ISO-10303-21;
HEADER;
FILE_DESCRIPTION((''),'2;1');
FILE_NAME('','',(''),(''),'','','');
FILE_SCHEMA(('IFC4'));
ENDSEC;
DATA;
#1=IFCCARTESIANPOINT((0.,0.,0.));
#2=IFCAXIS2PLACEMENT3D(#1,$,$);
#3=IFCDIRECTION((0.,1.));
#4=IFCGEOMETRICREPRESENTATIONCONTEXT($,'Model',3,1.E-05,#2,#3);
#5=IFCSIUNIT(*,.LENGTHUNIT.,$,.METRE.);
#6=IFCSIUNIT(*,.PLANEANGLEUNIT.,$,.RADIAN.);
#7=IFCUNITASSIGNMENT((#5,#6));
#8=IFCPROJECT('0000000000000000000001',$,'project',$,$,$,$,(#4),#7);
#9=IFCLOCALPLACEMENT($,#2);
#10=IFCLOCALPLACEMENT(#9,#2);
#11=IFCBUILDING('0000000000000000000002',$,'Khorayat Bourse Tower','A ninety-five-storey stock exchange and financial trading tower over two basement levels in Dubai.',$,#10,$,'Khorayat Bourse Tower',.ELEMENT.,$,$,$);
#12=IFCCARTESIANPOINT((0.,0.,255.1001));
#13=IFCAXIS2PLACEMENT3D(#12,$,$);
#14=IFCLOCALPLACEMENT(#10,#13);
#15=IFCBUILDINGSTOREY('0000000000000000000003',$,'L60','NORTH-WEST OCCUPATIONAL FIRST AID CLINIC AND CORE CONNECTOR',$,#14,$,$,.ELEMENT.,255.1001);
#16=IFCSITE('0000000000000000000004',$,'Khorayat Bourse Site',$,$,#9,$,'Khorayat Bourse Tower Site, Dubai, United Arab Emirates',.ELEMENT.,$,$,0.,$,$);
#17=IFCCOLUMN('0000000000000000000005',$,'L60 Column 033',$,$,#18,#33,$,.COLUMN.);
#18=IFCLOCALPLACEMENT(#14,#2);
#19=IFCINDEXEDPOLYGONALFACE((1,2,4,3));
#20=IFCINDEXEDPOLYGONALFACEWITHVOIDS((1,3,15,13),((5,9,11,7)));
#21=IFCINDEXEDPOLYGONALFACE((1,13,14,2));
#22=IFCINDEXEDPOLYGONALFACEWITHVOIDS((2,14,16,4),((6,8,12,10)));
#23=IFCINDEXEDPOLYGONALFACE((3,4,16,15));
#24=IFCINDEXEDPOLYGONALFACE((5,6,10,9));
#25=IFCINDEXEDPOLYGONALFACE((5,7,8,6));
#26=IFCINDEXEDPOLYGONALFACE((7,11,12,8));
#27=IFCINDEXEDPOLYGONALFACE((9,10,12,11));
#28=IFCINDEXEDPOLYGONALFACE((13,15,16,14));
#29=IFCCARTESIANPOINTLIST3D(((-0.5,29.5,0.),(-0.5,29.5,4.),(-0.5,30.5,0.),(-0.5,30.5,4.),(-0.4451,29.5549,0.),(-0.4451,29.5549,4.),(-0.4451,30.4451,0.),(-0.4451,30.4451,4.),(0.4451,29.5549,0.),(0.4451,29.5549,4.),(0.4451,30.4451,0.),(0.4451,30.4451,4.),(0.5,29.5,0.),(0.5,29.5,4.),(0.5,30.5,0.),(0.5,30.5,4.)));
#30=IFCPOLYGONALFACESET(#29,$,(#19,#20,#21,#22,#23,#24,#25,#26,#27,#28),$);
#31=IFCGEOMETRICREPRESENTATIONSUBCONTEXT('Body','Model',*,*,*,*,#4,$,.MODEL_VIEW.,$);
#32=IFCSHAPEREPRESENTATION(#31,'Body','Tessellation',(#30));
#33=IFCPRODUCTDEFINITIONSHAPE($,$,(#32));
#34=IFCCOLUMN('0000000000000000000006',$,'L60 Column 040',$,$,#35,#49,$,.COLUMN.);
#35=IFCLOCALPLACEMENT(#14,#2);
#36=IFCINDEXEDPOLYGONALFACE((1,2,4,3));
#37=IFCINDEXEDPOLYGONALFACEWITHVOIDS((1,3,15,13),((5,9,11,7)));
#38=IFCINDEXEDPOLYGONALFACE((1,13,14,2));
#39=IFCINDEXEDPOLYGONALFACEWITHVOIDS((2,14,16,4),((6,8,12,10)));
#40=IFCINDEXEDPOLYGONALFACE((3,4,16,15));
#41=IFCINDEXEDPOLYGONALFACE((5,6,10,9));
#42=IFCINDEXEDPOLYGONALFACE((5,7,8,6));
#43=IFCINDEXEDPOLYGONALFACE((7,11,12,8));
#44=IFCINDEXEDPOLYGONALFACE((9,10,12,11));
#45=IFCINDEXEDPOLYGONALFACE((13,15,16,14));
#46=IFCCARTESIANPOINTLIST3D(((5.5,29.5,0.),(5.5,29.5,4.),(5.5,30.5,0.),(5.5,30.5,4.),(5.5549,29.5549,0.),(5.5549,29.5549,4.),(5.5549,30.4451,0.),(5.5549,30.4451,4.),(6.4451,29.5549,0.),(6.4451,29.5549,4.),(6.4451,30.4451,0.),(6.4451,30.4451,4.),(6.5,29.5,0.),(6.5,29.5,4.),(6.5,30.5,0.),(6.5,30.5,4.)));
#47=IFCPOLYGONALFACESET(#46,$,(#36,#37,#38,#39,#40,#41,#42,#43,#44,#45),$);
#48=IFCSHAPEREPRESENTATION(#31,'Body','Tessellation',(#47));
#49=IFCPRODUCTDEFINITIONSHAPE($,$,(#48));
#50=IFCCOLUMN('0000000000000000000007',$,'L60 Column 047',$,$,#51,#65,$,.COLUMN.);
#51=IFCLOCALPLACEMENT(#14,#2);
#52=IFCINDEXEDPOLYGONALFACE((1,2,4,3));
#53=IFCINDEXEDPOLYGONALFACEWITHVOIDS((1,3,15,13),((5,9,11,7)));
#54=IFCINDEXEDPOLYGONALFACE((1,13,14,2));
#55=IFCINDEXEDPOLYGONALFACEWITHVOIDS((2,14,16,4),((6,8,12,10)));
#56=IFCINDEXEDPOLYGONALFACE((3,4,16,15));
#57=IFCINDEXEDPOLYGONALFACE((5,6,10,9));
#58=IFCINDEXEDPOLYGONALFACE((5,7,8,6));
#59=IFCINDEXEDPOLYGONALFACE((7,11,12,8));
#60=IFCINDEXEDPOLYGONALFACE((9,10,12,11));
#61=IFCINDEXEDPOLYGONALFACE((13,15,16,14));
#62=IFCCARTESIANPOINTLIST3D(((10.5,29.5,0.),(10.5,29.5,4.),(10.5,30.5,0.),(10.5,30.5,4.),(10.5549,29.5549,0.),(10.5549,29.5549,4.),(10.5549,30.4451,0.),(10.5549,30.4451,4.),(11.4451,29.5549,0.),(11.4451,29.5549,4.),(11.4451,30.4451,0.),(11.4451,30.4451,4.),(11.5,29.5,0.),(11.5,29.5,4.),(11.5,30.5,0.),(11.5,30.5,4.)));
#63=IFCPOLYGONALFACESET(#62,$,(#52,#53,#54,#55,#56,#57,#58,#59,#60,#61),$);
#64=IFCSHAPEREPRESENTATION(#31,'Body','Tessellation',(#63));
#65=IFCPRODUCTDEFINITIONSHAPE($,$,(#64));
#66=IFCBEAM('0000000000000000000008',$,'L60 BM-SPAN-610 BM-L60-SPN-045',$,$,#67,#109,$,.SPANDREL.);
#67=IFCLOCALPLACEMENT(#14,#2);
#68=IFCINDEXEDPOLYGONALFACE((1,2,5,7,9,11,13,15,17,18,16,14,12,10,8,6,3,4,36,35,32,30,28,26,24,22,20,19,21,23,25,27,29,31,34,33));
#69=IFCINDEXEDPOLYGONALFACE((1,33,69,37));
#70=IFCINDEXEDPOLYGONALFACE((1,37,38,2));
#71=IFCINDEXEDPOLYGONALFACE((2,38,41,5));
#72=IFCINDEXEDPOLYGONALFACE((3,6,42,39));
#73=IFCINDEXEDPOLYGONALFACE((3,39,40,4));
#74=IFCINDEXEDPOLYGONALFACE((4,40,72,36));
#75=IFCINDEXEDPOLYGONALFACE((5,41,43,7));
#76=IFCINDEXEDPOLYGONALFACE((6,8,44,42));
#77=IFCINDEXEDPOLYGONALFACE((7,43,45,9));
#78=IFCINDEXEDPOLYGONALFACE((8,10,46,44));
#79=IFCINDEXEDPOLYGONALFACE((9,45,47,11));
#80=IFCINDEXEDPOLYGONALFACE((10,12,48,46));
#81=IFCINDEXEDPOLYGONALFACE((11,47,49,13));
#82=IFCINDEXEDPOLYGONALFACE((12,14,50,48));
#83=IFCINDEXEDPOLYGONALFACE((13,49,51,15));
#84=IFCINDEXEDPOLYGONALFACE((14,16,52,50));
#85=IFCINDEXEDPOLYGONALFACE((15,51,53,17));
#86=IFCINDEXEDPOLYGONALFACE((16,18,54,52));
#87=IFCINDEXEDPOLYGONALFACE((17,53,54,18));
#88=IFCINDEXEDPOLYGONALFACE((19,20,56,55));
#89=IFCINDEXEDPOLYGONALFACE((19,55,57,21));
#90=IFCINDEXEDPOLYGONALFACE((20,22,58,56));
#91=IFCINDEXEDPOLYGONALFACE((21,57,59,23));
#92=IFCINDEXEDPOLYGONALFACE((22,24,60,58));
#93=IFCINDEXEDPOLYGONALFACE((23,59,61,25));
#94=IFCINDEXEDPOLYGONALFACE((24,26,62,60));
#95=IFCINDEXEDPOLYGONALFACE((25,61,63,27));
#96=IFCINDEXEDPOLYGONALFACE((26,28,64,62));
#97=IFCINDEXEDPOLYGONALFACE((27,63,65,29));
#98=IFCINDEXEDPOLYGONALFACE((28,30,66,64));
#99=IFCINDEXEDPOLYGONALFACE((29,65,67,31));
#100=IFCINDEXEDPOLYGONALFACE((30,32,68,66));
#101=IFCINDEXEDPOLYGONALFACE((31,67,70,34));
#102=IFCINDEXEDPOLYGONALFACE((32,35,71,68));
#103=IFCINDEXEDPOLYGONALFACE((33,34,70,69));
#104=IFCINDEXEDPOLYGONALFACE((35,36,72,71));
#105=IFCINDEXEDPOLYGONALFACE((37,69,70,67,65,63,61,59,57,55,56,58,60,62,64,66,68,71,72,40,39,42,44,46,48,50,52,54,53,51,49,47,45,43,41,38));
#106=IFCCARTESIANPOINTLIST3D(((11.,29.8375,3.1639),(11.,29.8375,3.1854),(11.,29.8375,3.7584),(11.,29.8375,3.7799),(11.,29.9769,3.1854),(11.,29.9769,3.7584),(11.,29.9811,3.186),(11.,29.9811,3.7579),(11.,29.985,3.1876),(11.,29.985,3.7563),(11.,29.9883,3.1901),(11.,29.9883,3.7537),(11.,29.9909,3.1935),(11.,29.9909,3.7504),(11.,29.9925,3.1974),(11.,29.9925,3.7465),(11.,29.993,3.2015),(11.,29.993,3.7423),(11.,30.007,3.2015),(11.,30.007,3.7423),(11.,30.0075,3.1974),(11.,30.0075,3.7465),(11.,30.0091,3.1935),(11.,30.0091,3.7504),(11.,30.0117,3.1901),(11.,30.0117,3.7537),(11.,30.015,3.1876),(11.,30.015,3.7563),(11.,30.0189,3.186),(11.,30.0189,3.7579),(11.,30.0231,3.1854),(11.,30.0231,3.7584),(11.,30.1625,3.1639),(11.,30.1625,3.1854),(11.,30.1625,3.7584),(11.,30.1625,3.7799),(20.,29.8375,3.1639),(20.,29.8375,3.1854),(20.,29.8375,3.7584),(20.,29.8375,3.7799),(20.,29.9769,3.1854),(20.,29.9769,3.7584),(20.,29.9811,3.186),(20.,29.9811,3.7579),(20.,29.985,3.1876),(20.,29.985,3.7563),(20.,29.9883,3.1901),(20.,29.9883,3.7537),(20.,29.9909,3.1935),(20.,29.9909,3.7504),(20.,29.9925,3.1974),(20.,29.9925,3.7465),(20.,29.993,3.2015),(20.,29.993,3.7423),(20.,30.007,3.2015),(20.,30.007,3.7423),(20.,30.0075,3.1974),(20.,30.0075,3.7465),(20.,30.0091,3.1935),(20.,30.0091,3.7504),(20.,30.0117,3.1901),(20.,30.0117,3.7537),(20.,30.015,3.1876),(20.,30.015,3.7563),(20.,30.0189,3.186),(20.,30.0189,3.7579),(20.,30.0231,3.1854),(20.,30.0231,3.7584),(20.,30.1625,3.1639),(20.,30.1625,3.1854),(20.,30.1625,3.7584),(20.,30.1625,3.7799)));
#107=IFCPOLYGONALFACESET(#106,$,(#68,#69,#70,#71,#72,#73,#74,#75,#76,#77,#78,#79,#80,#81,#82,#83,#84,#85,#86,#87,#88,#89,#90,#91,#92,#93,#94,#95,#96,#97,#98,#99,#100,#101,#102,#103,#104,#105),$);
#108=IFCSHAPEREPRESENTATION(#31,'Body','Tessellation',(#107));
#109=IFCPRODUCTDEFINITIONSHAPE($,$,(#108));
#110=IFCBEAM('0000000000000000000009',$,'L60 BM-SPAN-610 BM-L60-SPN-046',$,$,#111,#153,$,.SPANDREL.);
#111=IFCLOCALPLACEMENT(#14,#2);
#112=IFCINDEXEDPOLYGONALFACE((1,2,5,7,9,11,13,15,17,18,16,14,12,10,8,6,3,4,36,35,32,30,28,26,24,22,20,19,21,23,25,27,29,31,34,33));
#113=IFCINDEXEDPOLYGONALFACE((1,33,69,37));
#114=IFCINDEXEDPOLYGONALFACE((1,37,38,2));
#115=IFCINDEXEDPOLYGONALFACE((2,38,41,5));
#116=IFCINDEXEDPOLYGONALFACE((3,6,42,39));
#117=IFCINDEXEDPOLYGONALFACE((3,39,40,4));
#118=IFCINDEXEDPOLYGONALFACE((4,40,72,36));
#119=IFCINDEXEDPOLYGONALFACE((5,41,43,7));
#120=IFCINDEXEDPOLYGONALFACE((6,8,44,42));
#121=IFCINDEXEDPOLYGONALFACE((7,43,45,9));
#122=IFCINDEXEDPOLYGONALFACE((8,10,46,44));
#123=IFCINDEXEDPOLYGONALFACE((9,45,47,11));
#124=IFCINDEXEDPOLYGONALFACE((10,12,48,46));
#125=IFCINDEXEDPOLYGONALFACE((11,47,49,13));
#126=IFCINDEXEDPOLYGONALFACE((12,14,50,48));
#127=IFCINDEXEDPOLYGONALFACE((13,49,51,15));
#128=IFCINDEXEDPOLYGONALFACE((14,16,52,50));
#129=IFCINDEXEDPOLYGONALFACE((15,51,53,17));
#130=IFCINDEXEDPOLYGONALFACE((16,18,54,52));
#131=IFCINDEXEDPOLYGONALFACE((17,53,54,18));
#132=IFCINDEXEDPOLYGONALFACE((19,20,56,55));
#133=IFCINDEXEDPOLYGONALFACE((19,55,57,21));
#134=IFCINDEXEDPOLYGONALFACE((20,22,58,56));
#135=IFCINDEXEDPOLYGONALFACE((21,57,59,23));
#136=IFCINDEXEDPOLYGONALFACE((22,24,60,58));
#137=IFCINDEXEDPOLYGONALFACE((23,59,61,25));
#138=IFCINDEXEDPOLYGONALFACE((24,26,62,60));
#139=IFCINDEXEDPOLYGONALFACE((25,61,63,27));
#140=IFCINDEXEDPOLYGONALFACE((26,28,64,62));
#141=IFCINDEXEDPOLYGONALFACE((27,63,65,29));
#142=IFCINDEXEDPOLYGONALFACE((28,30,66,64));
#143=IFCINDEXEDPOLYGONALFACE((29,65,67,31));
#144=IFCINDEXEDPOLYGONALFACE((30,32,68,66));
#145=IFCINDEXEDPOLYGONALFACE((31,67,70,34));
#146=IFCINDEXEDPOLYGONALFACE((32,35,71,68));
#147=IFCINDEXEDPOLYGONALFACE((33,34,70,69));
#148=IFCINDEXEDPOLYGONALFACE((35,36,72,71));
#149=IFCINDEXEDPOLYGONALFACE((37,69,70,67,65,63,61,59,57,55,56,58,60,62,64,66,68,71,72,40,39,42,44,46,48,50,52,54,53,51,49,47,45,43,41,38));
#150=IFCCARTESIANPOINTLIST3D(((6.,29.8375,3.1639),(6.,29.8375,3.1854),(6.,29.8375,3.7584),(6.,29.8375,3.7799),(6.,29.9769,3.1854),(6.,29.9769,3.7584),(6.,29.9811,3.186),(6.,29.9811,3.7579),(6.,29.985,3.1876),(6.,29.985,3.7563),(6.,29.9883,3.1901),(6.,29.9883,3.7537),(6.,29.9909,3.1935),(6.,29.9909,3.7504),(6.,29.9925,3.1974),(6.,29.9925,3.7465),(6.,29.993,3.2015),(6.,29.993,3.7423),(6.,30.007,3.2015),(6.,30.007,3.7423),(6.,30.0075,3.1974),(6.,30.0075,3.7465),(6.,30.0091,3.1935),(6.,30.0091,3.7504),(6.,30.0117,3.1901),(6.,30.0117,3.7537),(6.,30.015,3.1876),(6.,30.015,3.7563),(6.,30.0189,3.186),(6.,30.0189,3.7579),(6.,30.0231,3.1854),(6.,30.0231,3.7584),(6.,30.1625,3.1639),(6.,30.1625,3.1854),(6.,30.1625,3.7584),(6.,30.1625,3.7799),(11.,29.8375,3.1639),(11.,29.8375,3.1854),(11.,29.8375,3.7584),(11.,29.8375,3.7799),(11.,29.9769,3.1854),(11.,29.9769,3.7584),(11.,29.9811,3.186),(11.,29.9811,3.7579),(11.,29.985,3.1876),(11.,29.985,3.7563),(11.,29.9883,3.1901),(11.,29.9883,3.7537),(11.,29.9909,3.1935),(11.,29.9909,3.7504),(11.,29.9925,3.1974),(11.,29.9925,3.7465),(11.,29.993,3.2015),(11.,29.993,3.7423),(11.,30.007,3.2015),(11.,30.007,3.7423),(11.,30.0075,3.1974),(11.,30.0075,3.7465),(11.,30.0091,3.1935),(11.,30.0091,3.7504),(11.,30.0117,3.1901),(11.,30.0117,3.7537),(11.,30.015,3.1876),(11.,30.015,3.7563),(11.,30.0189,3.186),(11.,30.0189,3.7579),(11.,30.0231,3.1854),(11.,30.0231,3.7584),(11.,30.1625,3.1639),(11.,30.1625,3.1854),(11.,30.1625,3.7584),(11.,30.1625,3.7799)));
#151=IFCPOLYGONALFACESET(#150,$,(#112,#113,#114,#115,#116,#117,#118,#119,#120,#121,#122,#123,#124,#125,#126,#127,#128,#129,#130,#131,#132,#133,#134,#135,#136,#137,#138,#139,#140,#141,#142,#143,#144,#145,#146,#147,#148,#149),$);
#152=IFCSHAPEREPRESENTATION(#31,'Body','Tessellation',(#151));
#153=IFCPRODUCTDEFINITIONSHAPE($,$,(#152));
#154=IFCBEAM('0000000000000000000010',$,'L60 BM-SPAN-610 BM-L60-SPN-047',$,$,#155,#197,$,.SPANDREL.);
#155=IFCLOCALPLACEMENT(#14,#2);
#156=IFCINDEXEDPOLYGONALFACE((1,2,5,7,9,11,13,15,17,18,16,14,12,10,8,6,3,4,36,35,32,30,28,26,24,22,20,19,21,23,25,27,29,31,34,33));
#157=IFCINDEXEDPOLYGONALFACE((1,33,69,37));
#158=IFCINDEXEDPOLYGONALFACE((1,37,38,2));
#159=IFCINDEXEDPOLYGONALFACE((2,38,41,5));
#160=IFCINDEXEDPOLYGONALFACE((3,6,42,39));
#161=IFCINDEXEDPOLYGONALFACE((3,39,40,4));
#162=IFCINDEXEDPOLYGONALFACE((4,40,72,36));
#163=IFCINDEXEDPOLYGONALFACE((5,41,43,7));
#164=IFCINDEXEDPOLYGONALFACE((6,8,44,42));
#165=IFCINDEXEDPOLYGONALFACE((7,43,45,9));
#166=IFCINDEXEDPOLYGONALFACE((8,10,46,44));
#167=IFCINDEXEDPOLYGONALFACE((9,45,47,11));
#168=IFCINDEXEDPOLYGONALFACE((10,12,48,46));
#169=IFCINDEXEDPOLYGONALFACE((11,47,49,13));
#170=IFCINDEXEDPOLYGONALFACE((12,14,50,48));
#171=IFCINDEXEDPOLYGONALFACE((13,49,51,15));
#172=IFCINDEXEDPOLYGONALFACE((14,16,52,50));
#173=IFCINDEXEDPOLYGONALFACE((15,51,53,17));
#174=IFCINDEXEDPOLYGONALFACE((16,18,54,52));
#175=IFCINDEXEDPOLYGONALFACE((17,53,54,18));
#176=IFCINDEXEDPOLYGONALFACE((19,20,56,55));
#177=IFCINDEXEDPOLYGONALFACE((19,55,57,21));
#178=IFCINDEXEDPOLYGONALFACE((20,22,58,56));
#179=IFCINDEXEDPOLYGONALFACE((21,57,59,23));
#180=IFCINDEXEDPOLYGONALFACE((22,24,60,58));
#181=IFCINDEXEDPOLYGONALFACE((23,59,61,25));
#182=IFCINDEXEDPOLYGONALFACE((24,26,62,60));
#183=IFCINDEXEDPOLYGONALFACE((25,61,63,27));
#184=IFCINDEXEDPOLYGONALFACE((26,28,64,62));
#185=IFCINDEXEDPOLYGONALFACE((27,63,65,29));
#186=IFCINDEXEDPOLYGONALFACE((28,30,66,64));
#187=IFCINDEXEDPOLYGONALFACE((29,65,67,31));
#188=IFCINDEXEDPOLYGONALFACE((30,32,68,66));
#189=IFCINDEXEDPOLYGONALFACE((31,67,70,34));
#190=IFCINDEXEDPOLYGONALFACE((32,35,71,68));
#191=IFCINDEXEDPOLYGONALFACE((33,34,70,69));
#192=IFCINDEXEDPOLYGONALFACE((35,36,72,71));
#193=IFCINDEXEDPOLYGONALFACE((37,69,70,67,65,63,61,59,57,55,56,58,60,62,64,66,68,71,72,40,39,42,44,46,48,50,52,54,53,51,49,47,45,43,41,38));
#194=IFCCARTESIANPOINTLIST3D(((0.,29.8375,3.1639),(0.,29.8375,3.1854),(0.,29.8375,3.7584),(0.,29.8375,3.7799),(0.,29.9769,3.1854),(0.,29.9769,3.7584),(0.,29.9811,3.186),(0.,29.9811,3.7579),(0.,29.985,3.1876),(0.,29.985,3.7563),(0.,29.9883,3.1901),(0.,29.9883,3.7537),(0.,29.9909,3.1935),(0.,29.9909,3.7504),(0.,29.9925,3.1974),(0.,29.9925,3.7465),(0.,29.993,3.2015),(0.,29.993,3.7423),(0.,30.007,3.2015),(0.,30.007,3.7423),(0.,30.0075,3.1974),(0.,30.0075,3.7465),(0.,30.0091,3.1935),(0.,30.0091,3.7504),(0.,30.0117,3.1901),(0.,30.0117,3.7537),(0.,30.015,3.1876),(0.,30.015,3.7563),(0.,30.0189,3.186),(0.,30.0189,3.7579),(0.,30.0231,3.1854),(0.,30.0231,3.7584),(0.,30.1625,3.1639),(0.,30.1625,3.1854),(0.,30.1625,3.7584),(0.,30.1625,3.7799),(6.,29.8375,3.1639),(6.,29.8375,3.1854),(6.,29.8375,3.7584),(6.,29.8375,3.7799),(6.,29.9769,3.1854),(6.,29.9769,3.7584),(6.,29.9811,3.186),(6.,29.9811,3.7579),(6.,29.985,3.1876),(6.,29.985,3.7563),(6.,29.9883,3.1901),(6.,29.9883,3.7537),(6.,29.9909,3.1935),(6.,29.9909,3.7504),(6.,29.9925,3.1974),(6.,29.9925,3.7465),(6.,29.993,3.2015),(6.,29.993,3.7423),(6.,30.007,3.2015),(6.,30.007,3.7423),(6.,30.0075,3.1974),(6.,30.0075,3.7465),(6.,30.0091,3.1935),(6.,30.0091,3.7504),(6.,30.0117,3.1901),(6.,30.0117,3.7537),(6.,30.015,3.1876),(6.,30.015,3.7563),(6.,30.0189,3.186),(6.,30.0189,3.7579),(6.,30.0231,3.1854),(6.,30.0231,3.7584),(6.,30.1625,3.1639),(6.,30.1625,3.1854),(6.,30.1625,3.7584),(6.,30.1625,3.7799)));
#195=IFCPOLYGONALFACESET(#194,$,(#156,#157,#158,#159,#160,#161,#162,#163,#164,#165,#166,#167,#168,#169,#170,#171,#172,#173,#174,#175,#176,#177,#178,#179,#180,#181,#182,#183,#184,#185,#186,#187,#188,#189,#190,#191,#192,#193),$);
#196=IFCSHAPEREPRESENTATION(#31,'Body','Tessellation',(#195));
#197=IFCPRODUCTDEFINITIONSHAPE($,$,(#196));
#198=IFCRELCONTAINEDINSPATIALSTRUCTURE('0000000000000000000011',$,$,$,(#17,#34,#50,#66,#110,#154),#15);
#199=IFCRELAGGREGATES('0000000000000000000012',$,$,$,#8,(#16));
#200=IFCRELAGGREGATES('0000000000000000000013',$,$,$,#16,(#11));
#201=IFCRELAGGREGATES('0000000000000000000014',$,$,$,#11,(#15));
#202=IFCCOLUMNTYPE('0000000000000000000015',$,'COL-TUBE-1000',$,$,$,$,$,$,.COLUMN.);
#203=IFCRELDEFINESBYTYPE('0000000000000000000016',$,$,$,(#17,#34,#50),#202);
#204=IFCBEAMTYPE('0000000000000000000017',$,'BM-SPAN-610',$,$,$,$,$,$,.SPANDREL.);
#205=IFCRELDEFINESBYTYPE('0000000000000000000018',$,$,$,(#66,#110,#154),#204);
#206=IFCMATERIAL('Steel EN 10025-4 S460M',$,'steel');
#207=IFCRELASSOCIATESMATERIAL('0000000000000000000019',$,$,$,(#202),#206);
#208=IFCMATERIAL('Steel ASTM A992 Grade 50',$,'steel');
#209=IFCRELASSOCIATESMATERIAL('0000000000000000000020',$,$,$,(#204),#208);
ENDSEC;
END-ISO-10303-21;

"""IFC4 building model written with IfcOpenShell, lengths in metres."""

from ifc_helpers import new_model, si_unit, direction, frame, origin, origin_2d, place, context, subcontext, project, spatial, hollow_rectangle, i_section, extrude, source, transform, mapped, material, material_profile, profile_set, type_object, element, save


model = new_model("IFC4")

# Units and contexts
model_context = context("Model", 3, precision=1e-05, world=origin(), true_north=direction((0.0, 1.0)))
body_context = subcontext(model_context, "Body", "Model", "MODEL_VIEW")
ifc_project = project(units=[si_unit("LENGTHUNIT", "METRE"), si_unit("PLANEANGLEUNIT", "RADIAN")], contexts=[model_context])

# Site, building, storey
site_placement = place(None, origin())
site = spatial("IfcSite", under=ifc_project, at=site_placement, Name="Khorayat Bourse Site", LongName="Khorayat Bourse Tower Site, Dubai, United Arab Emirates", CompositionType="ELEMENT", RefElevation=0.0)
building_placement = place(site_placement, origin())
building = spatial("IfcBuilding", under=site, at=building_placement, Name="Khorayat Bourse Tower", Description="A ninety-five-storey stock exchange and financial trading tower over two basement levels in Dubai.", LongName="Khorayat Bourse Tower", CompositionType="ELEMENT")
storey_placement = place(building_placement, frame((0.0, 0.0, 255.1001)))
storey = spatial("IfcBuildingStorey", under=building, at=storey_placement, Name="L60", Description="NORTH-WEST OCCUPATIONAL FIRST AID CLINIC AND CORE CONNECTOR", CompositionType="ELEMENT", Elevation=255.1001)

# Columns
ifc_material_1 = material(Name="Steel EN 10025-4 S460M", Category="steel")
ifc_material_profile_1 = material_profile(ifc_material_1, hollow_rectangle(XDim=1.0, YDim=1.0, WallThickness=0.0549, at=origin_2d()), Name="BOX 1000x1000x55")
ifc_profile_set_1 = profile_set([ifc_material_profile_1], Name="Steel EN 10025-4 S460M")
column_type = type_object("IfcColumnType", Name="COL-TUBE-1000", PredefinedType="COLUMN", material=ifc_profile_set_1)
shared_shape_1 = source(origin(), body_context, "Body", "SweptSolid", [
    extrude(hollow_rectangle(XDim=1.0, YDim=1.0, WallThickness=0.0549, at=origin_2d()), origin(), (0.0, 0.0, 1.0), 4.0),
])
for number, where, z_axis, x_axis, name in (
    (1, (0.0, 30.0, 0.0), (0.0, 0.0, 1.0), (1.0, 0.0, 0.0), "L60 Column 033"),
    (2, (6.0, 30.0, 0.0), (0.0, 0.0, 1.0), (1.0, 0.0, 0.0), "L60 Column 040"),
    (3, (11.0, 30.0, 0.0), (0.0, 0.0, 1.0), (1.0, 0.0, 0.0), "L60 Column 047"),
):
    element("IfcColumn", number, at=place(storey_placement, frame(where, z_axis=z_axis, x_axis=x_axis)), inside=storey, type_object=column_type, Name=name, PredefinedType="COLUMN", context=body_context, shape_type="MappedRepresentation", body=[
        mapped(shared_shape_1, transform((0.0, 0.0, 0.0), scale=1.0)),
    ])

# Beams
ifc_material_2 = material(Name="Steel ASTM A992 Grade 50", Category="steel")
ifc_material_profile_2 = material_profile(ifc_material_2, i_section(OverallWidth=0.325, OverallDepth=0.616, WebThickness=0.0139, FlangeThickness=0.0215, FilletRadius=0.0161, at=origin_2d()), Name="W610X174")
ifc_profile_set_2 = profile_set([ifc_material_profile_2], Name="Steel ASTM A992 Grade 50")
beam_type_1 = type_object("IfcBeamType", Name="BM-SPAN-610", PredefinedType="SPANDREL", material=ifc_profile_set_2)
shared_shape_2 = source(origin(), body_context, "Body", "SweptSolid", [
    extrude(i_section(OverallWidth=0.325, OverallDepth=0.616, WebThickness=0.0139, FlangeThickness=0.0215, FilletRadius=0.0161, at=origin_2d()), origin(), (0.0, 0.0, 1.0), 9.0),
])
beam_1_placement = place(storey_placement, frame((11.0, 30.0, 3.4719), z_axis=(1.0, 0.0, 0.0), x_axis=(0.0, 1.0, 0.0)))
element("IfcBeam", 4, at=beam_1_placement, inside=storey, type_object=beam_type_1, Name="L60 BM-SPAN-610 BM-L60-SPN-045", PredefinedType="SPANDREL", context=body_context, shape_type="MappedRepresentation", body=[
    mapped(shared_shape_2, transform((0.0, 0.0, 0.0), scale=1.0)),
])
shared_shape_3 = source(origin(), body_context, "Body", "SweptSolid", [
    extrude(i_section(OverallWidth=0.325, OverallDepth=0.616, WebThickness=0.0139, FlangeThickness=0.0215, FilletRadius=0.0161, at=origin_2d()), origin(), (0.0, 0.0, 1.0), 5.0),
])
beam_2_placement = place(storey_placement, frame((6.0, 30.0, 3.4719), z_axis=(1.0, 0.0, 0.0), x_axis=(0.0, 1.0, 0.0)))
element("IfcBeam", 5, at=beam_2_placement, inside=storey, type_object=beam_type_1, Name="L60 BM-SPAN-610 BM-L60-SPN-046", PredefinedType="SPANDREL", context=body_context, shape_type="MappedRepresentation", body=[
    mapped(shared_shape_3, transform((0.0, 0.0, 0.0), scale=1.0)),
])
shared_shape_4 = source(origin(), body_context, "Body", "SweptSolid", [
    extrude(i_section(OverallWidth=0.325, OverallDepth=0.616, WebThickness=0.0139, FlangeThickness=0.0215, FilletRadius=0.0161, at=origin_2d()), origin(), (0.0, 0.0, 1.0), 6.0),
])
beam_3_placement = place(storey_placement, frame((0.0, 30.0, 3.4719), z_axis=(1.0, 0.0, 0.0), x_axis=(0.0, 1.0, 0.0)))
element("IfcBeam", 6, at=beam_3_placement, inside=storey, type_object=beam_type_1, Name="L60 BM-SPAN-610 BM-L60-SPN-047", PredefinedType="SPANDREL", context=body_context, shape_type="MappedRepresentation", body=[
    mapped(shared_shape_4, transform((0.0, 0.0, 0.0), scale=1.0)),
])

save(model, "model.ifc")
